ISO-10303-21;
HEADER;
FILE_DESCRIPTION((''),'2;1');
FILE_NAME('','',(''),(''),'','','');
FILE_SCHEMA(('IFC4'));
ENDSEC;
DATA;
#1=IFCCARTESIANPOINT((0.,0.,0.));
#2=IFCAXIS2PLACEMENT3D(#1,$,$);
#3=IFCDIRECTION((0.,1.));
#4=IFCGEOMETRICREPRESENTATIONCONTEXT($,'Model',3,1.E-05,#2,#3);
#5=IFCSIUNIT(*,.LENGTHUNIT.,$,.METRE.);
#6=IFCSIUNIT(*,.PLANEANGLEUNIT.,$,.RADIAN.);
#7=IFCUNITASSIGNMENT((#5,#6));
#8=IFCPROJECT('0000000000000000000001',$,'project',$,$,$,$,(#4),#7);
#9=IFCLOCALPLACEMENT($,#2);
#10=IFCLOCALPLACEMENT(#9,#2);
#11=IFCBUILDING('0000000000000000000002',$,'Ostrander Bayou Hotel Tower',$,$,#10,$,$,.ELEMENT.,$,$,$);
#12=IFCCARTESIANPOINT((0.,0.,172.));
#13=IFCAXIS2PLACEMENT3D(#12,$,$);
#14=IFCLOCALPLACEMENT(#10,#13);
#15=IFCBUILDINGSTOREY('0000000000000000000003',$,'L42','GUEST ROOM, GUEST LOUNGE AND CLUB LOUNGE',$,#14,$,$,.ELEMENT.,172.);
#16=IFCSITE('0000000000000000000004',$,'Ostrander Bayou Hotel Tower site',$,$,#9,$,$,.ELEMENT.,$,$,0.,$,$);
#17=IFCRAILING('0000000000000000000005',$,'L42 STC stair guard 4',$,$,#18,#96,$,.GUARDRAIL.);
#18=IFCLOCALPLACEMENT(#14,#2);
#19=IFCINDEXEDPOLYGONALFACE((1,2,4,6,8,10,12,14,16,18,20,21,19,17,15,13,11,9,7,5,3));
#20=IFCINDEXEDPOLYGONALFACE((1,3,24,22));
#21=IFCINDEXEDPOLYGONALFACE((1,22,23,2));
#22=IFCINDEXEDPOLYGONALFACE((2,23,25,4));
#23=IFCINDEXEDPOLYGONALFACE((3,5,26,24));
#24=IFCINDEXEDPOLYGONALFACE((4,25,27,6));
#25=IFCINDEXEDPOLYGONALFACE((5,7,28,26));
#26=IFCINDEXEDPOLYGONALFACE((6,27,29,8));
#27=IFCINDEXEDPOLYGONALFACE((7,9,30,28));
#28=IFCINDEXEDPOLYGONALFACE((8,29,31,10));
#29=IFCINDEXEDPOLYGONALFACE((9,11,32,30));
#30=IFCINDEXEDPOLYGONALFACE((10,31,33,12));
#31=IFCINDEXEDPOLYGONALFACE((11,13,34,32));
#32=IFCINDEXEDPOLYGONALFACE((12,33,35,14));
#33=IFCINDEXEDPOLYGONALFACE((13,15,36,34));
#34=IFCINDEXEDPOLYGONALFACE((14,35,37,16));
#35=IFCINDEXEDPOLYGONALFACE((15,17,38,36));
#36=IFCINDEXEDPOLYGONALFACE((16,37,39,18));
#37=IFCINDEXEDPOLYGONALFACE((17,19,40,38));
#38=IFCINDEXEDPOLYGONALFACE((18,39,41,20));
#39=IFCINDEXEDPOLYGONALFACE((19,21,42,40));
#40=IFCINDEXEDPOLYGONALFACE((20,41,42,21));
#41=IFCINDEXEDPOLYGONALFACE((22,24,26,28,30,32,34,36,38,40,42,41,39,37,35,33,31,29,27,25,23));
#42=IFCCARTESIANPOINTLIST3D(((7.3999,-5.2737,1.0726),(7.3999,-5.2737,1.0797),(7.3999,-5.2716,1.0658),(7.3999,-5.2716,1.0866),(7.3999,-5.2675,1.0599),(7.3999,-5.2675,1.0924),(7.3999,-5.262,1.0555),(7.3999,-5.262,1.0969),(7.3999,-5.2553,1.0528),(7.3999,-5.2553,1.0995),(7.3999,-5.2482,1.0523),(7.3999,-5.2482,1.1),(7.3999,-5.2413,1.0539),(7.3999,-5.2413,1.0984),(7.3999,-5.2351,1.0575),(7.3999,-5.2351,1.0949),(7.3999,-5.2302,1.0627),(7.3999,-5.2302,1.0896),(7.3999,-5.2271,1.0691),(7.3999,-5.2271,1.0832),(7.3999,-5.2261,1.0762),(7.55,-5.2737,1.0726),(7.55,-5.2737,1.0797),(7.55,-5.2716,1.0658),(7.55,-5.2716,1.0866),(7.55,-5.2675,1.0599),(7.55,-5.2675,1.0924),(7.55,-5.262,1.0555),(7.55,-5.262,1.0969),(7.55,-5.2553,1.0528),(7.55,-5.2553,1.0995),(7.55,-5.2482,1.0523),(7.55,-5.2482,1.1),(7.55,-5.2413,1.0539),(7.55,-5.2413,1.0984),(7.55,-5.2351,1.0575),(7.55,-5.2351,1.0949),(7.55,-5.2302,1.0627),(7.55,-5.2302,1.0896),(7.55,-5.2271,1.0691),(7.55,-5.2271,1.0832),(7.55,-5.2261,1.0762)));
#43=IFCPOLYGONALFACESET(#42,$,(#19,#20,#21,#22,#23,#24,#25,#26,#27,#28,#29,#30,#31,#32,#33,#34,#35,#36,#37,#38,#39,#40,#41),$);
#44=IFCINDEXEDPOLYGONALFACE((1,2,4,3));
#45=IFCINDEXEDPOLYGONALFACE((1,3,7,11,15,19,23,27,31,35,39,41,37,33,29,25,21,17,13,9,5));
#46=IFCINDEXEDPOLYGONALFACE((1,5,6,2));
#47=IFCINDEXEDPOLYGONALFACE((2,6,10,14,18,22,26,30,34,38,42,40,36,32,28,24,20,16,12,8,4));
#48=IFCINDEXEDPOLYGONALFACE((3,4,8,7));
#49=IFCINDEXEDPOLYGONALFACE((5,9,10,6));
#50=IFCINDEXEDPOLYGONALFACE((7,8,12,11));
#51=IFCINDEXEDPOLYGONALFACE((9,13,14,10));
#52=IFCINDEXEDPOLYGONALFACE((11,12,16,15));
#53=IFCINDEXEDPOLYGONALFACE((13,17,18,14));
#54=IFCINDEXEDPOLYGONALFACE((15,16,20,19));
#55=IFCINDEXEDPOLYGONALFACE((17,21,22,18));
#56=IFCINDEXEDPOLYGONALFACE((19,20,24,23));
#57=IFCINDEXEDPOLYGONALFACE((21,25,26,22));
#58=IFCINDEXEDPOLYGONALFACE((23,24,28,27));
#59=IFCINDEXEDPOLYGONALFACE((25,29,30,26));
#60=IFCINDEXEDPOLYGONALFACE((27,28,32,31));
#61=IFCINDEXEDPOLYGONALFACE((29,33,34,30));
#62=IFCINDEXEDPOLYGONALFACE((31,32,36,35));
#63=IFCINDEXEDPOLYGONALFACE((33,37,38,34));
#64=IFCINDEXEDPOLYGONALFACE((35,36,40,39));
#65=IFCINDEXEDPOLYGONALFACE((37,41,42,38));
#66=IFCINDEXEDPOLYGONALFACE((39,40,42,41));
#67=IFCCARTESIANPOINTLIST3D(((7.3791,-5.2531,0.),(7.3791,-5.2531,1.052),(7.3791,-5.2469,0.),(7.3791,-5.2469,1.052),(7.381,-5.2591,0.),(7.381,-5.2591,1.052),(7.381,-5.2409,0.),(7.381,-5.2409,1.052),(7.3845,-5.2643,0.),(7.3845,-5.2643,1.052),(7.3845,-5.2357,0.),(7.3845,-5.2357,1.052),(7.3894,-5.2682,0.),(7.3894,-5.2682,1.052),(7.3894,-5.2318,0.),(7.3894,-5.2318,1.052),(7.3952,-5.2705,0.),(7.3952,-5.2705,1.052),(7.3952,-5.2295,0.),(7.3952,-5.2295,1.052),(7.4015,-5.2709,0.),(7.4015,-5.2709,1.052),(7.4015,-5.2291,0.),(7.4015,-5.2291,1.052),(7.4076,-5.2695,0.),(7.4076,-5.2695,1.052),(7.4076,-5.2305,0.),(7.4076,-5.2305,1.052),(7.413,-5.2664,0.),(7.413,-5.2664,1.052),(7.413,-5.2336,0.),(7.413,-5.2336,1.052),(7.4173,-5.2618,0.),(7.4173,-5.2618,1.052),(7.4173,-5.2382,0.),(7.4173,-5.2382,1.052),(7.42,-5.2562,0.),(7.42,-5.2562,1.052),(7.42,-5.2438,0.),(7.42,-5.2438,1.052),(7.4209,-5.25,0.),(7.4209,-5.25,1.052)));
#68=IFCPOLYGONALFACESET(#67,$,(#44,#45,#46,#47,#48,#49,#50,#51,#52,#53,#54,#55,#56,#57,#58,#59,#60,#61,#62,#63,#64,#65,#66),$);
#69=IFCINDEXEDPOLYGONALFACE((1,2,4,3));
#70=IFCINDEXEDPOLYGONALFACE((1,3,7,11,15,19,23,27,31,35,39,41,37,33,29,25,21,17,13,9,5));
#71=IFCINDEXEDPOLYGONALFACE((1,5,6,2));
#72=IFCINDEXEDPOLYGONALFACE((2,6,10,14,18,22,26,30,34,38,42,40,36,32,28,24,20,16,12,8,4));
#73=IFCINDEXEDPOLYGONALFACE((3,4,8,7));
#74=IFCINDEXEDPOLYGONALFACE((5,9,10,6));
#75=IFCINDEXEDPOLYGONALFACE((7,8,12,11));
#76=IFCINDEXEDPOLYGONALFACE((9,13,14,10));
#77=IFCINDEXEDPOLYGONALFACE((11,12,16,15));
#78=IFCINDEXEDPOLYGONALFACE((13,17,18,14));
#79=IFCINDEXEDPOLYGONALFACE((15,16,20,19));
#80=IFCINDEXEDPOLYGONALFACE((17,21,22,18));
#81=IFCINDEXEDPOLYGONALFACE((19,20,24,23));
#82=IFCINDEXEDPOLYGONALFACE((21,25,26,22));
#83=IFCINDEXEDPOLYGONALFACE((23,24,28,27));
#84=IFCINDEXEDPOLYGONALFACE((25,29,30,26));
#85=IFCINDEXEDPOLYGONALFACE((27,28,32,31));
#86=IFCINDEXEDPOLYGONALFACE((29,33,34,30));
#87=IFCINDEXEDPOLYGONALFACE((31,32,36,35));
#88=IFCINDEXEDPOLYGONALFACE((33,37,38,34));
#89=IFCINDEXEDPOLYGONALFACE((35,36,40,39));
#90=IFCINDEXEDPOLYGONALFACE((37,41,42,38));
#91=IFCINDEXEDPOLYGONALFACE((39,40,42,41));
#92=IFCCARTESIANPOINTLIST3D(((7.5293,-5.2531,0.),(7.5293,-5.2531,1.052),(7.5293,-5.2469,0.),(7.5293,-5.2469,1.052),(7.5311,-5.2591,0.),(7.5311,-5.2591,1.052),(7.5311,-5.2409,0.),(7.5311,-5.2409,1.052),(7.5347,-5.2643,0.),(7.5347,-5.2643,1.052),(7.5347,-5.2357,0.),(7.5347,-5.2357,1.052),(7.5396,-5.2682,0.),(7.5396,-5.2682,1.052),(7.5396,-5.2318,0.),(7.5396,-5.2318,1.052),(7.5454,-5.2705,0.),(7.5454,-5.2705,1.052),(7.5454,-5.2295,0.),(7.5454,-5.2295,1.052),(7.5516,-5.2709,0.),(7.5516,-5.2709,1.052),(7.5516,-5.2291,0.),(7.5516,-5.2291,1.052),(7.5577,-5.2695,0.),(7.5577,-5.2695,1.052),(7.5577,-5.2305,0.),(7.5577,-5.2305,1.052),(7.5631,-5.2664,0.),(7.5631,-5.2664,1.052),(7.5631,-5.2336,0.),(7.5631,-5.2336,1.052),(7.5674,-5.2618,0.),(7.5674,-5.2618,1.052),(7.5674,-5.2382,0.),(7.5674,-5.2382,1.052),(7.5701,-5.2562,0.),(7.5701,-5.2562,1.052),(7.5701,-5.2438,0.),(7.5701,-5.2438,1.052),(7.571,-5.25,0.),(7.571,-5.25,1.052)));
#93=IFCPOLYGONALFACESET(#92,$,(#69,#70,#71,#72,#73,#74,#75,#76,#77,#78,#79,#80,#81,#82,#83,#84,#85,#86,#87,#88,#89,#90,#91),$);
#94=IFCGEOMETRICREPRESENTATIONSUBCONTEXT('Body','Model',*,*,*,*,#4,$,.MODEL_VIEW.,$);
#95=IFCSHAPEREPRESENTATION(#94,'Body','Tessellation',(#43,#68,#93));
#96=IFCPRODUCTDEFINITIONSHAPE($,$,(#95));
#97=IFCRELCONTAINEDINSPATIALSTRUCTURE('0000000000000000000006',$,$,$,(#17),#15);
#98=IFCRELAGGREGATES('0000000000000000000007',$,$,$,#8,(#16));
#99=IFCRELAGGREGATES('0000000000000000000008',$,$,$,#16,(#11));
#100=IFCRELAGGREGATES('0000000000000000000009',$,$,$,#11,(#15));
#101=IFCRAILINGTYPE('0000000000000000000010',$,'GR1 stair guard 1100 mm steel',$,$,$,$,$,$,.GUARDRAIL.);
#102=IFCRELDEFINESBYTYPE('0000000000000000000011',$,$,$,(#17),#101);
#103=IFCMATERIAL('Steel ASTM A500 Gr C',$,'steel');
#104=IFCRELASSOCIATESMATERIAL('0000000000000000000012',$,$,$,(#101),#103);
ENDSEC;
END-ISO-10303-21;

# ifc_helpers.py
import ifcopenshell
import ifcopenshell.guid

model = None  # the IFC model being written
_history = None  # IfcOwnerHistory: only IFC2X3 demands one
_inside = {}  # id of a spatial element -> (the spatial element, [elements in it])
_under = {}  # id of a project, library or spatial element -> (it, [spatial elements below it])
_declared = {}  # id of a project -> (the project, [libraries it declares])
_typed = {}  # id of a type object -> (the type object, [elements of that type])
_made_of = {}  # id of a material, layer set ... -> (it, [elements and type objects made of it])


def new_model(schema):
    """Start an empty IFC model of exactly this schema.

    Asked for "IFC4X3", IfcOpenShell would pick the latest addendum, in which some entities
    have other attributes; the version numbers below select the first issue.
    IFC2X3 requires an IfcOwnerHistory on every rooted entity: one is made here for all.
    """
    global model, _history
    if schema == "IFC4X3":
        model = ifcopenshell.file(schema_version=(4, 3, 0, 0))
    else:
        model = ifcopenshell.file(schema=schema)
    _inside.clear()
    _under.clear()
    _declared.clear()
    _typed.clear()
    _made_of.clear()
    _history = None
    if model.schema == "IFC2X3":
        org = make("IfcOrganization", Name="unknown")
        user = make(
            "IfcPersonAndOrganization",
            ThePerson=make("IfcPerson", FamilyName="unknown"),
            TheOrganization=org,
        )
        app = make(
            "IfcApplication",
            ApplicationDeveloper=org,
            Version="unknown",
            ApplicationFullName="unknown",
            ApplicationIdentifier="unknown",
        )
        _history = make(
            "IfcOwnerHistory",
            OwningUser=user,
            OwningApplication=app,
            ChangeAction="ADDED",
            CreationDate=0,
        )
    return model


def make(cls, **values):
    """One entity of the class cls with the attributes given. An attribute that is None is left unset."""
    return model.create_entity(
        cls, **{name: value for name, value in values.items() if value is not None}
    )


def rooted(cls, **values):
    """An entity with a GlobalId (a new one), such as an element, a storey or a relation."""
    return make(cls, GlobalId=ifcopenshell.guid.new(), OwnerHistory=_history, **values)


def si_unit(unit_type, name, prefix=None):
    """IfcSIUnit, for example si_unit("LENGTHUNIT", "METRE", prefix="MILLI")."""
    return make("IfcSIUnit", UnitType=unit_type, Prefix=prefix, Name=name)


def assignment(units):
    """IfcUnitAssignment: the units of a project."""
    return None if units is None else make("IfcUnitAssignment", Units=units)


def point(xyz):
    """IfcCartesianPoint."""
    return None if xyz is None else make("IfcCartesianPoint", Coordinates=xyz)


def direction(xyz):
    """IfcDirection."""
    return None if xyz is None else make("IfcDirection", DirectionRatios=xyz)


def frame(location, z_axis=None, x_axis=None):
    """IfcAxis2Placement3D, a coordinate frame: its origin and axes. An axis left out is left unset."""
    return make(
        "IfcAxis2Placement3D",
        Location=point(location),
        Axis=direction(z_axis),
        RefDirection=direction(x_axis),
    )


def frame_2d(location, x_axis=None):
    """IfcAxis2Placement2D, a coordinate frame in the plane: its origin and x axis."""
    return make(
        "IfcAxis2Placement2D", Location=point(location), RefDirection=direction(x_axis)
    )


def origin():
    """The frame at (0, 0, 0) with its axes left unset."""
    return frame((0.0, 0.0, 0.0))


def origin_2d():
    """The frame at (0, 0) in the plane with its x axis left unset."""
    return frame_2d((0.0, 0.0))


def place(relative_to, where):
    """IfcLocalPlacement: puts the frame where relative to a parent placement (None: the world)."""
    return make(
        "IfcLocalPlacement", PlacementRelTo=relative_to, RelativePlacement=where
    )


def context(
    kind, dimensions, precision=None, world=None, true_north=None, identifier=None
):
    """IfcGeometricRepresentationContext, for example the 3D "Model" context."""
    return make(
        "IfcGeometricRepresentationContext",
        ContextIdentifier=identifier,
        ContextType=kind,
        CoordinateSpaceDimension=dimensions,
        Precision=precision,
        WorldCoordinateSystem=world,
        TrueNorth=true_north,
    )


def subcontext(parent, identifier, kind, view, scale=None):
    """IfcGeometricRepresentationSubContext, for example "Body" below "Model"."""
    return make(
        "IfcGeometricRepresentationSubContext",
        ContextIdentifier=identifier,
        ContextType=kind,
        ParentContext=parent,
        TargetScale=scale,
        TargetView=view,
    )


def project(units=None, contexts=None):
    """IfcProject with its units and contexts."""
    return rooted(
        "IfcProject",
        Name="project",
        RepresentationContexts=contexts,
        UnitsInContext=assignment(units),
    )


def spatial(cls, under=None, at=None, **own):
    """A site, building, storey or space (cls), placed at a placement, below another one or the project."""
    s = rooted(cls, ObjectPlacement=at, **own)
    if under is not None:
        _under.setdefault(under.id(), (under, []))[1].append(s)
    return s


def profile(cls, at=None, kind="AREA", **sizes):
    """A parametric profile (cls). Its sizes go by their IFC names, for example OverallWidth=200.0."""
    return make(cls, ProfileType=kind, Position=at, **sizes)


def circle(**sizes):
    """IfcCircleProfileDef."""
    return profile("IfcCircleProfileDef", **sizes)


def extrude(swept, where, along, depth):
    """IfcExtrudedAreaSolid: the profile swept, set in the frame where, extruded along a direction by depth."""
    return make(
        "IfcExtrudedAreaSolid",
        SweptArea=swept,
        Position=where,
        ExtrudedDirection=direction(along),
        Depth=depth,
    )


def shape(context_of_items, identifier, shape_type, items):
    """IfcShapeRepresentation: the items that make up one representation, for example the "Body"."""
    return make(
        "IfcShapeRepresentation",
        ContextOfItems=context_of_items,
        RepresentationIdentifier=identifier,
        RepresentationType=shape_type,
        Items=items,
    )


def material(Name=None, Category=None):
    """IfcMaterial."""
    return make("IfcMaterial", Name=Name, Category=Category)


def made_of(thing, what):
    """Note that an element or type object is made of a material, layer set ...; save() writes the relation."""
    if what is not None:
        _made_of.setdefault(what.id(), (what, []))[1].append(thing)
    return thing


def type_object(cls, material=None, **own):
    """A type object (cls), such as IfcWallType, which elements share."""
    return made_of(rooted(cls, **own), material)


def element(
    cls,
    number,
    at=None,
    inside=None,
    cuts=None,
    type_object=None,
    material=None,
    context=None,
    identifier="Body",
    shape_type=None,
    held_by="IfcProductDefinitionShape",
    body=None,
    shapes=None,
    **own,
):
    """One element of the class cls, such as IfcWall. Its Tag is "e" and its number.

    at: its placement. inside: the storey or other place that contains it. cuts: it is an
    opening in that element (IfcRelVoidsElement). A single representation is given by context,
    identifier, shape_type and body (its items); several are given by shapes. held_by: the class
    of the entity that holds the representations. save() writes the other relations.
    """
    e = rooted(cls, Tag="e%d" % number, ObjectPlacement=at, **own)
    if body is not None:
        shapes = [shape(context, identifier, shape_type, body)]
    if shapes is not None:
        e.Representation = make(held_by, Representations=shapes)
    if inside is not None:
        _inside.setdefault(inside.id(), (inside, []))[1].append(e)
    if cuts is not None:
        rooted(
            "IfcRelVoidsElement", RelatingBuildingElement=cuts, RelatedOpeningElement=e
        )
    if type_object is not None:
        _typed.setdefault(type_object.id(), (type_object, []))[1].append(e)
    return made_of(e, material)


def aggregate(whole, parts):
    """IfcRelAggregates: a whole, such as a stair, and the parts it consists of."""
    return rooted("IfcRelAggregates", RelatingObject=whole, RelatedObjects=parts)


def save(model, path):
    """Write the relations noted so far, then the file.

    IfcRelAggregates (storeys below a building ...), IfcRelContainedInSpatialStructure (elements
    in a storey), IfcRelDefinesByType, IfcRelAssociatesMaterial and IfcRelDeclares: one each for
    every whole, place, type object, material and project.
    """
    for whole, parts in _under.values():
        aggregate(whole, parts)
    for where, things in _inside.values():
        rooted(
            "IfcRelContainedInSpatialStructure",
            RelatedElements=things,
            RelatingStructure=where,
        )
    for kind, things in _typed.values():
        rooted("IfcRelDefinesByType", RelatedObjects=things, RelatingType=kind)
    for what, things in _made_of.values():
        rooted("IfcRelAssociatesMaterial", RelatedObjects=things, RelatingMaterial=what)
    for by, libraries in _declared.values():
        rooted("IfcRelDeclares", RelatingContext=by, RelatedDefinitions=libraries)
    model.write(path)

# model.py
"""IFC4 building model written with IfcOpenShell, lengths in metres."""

from ifc_helpers import new_model, si_unit, direction, frame, origin, origin_2d, place, context, subcontext, project, spatial, circle, extrude, material, type_object, element, save


model = new_model("IFC4")

# Units and contexts
model_context = context("Model", 3, precision=1e-05, world=origin(), true_north=direction((0.0, 1.0)))
body_context = subcontext(model_context, "Body", "Model", "MODEL_VIEW")
ifc_project = project(units=[si_unit("LENGTHUNIT", "METRE"), si_unit("PLANEANGLEUNIT", "RADIAN")], contexts=[model_context])

# Site, building, storey
site_placement = place(None, origin())
site = spatial("IfcSite", under=ifc_project, at=site_placement, Name="Ostrander Bayou Hotel Tower site", CompositionType="ELEMENT", RefElevation=0.0)
building_placement = place(site_placement, origin())
building = spatial("IfcBuilding", under=site, at=building_placement, Name="Ostrander Bayou Hotel Tower", CompositionType="ELEMENT")
storey_placement = place(building_placement, frame((0.0, 0.0, 172.0)))
storey = spatial("IfcBuildingStorey", under=building, at=storey_placement, Name="L42", Description="GUEST ROOM, GUEST LOUNGE AND CLUB LOUNGE", CompositionType="ELEMENT", Elevation=172.0)

# Railing
ifc_material_1 = material(Name="Steel ASTM A500 Gr C", Category="steel")
railing_type_1 = type_object("IfcRailingType", Name="GR1 stair guard 1100 mm steel", PredefinedType="GUARDRAIL", material=ifc_material_1)
railing_1_placement = place(storey_placement, frame((7.3999, -5.25, 0.0)))
element("IfcRailing", 1, at=railing_1_placement, inside=storey, type_object=railing_type_1, Name="L42 STC stair guard 4", PredefinedType="GUARDRAIL", context=body_context, shape_type="SweptSolid", body=[
    extrude(circle(Radius=0.0239, at=origin_2d()), frame((0.0, 0.0, 1.0762), z_axis=(1.0, 0.0, 0.0), x_axis=(0.0, 1.0, 0.0)), (0.0, 0.0, 1.0), 0.1501),
    extrude(circle(Radius=0.021, at=origin_2d()), origin(), (0.0, 0.0, 1.0), 1.052),
    extrude(circle(Radius=0.021, at=origin_2d()), frame((0.1501, 0.0, 0.0)), (0.0, 0.0, 1.0), 1.052),
])

save(model, "model.ifc")
